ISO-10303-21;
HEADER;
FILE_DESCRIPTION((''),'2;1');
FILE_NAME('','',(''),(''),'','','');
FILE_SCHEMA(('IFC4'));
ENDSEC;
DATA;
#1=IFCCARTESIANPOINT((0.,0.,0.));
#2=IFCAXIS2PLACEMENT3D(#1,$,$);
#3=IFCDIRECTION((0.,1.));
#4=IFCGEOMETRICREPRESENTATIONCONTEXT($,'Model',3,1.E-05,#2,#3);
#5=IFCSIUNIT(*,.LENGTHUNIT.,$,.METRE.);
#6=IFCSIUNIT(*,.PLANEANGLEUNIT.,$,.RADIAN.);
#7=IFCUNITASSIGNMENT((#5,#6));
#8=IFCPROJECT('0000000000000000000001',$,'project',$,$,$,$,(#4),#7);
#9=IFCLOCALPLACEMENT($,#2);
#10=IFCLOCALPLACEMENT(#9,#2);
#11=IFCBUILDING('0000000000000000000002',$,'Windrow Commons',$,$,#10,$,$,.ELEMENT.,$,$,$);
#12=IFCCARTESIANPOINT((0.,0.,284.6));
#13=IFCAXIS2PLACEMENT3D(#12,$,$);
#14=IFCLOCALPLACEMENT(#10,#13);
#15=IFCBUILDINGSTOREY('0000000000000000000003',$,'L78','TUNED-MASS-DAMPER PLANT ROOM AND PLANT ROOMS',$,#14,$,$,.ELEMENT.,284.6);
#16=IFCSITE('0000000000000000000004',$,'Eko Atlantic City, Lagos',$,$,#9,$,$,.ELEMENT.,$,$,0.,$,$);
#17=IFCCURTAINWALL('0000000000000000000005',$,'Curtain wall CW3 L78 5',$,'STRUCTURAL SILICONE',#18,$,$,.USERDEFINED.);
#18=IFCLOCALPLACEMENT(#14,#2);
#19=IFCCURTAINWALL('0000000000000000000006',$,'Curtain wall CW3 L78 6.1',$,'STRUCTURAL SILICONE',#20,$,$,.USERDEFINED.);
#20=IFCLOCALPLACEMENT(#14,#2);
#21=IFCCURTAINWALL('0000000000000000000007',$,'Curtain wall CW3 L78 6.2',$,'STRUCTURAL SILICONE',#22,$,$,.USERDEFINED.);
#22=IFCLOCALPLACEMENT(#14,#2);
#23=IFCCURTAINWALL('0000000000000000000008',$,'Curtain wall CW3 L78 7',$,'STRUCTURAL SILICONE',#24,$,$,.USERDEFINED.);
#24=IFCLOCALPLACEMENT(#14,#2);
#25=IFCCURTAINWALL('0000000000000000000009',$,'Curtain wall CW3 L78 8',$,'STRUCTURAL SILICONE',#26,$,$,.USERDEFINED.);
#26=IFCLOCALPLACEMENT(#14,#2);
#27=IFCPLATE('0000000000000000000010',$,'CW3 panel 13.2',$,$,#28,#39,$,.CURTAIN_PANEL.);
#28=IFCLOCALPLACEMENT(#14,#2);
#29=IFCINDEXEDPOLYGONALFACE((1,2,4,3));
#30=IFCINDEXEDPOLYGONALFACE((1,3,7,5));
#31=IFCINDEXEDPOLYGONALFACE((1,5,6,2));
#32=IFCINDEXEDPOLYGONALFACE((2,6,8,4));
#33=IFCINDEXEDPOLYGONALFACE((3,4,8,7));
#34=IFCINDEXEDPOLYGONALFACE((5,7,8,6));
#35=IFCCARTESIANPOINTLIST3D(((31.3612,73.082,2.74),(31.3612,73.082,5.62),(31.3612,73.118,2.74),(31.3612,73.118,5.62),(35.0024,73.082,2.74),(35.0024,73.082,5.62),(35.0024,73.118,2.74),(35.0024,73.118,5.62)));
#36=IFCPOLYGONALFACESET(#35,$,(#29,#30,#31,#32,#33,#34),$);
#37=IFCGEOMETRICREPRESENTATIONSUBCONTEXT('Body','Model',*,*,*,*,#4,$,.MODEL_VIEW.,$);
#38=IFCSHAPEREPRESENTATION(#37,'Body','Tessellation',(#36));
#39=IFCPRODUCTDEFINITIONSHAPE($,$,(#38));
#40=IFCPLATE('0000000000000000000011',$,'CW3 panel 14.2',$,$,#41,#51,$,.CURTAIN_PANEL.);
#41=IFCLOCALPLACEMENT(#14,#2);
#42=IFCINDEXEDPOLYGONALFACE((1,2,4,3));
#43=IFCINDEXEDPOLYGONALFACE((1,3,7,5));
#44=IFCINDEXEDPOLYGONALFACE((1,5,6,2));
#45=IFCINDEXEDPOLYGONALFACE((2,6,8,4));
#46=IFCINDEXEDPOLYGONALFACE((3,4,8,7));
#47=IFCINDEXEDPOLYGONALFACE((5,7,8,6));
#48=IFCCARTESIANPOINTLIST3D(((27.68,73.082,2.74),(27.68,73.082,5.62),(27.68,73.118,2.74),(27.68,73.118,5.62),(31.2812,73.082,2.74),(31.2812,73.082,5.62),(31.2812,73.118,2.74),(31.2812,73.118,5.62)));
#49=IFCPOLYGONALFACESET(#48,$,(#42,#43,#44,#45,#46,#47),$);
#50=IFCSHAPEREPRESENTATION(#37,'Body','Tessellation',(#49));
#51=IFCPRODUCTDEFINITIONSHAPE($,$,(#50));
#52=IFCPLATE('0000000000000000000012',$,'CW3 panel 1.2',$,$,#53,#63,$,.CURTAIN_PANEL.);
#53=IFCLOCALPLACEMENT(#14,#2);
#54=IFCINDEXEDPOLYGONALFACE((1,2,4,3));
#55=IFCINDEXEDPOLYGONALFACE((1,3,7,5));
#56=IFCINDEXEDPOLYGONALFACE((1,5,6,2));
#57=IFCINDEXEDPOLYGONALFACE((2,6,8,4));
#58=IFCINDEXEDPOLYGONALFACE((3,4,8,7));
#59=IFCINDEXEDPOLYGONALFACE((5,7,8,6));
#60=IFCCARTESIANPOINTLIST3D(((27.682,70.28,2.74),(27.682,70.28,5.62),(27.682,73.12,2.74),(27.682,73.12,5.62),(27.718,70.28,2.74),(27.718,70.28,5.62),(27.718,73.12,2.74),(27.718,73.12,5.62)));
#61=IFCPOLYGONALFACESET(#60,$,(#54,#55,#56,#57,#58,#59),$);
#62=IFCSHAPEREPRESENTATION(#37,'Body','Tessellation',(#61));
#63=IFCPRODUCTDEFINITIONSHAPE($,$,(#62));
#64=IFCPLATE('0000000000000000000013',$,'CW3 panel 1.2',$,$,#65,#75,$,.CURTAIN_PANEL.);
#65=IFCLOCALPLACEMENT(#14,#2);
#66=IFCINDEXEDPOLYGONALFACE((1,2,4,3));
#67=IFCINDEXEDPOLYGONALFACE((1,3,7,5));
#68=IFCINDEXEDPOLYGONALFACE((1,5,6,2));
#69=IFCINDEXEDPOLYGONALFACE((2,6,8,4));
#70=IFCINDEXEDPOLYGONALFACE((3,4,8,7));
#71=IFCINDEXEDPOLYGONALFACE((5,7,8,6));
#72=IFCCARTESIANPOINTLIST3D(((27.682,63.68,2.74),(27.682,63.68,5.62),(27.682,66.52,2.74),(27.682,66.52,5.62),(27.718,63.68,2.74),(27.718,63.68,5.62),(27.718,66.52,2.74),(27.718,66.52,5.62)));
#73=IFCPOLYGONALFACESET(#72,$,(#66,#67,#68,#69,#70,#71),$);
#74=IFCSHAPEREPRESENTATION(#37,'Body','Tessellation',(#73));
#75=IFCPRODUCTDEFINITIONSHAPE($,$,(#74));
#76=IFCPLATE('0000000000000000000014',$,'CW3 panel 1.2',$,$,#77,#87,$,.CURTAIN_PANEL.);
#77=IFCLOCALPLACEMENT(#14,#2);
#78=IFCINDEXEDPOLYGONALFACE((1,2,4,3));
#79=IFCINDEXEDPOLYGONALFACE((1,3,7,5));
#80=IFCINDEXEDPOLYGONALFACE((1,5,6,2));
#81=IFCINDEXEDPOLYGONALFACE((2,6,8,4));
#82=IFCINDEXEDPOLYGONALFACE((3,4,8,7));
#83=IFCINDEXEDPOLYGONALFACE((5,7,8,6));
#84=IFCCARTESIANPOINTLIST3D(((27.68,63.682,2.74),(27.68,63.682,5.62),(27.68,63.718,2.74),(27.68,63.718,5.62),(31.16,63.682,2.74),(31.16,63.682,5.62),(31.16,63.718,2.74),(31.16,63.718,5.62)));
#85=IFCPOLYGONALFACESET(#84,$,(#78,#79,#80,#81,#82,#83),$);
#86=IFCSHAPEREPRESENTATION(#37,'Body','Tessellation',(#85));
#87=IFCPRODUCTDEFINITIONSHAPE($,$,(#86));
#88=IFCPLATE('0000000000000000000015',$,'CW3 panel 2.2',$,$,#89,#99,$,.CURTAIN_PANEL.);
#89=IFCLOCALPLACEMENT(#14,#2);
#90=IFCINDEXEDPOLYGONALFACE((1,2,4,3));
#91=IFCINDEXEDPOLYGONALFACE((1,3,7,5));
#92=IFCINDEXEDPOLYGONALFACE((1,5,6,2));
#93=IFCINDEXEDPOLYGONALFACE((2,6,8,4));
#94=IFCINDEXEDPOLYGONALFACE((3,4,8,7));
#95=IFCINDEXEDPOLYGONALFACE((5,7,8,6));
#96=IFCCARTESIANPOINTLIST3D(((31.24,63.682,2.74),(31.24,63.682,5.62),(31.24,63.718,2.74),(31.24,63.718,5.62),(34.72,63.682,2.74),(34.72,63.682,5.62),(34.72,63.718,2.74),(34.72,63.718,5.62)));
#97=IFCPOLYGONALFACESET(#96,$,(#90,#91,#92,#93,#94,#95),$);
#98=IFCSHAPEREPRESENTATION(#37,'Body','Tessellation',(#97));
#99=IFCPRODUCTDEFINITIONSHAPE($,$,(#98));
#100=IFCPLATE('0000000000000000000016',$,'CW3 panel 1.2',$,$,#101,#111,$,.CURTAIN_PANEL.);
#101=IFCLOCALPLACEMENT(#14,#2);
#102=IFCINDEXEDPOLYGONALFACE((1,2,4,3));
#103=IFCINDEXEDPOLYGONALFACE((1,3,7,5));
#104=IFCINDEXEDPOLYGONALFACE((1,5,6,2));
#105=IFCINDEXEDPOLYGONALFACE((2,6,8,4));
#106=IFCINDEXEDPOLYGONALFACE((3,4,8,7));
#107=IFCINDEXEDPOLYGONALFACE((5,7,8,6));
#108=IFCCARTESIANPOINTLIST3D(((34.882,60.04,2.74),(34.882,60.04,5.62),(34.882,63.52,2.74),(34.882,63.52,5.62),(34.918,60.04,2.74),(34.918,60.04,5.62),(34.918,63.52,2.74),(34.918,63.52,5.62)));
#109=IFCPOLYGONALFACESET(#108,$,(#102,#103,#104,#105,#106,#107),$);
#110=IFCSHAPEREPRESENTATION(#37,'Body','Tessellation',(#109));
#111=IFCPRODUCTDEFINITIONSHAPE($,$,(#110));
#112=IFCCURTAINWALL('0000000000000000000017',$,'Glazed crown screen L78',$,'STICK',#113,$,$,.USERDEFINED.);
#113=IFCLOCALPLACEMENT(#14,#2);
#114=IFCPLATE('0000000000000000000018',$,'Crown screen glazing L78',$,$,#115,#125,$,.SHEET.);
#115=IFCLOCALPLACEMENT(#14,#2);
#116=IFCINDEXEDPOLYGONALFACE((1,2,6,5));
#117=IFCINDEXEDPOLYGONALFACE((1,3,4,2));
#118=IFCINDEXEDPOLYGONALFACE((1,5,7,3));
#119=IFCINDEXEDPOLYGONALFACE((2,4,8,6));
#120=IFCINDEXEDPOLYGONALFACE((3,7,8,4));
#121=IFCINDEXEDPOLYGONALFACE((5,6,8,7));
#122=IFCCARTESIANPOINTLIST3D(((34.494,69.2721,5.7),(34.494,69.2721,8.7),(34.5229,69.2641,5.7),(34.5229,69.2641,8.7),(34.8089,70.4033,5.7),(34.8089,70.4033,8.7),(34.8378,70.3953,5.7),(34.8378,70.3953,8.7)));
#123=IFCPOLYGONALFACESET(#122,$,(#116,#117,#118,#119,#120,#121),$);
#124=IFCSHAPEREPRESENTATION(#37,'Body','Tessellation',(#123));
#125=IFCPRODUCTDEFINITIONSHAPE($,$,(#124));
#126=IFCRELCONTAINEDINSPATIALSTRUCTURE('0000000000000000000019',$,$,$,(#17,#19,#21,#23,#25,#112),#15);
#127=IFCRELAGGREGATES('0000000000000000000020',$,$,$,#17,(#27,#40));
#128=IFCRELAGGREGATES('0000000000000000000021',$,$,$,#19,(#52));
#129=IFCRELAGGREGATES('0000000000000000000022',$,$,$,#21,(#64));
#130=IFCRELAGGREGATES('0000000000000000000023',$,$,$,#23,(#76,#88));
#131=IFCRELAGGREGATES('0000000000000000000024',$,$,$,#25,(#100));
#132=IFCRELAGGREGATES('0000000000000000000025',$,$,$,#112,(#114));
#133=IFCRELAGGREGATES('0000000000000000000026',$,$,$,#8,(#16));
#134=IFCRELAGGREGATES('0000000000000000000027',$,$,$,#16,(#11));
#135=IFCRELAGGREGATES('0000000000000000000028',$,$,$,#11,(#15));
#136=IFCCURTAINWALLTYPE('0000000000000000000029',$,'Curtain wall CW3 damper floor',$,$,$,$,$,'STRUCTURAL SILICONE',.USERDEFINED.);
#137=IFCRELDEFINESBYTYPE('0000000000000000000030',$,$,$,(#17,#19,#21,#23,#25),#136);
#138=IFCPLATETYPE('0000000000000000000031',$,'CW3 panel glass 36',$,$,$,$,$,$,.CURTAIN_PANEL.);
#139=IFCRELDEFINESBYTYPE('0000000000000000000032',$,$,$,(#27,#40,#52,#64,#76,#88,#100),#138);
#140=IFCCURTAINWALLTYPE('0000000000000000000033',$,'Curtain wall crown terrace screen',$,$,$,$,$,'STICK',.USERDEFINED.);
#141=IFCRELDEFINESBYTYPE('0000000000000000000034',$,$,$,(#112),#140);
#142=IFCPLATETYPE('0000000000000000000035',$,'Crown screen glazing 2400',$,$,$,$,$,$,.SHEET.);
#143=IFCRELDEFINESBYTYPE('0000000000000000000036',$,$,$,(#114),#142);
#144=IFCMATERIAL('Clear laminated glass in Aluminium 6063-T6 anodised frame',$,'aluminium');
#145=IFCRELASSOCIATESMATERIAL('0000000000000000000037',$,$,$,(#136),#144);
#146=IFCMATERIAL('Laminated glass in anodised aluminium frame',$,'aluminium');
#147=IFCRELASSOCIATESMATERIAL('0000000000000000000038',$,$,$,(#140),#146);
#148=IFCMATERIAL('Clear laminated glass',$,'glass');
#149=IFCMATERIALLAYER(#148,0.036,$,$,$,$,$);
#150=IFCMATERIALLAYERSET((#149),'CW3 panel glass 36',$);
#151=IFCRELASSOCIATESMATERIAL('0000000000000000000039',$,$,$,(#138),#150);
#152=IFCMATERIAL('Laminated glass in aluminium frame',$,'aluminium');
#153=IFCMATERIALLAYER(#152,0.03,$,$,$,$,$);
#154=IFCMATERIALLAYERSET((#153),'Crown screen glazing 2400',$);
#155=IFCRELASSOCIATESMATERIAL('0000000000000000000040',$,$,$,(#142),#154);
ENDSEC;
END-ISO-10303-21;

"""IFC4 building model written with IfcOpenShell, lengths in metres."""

from ifc_helpers import new_model, si_unit, direction, frame, origin, origin_2d, place, context, subcontext, project, spatial, polyline, rectangle, outline, extrude, material, layer, layer_set, type_object, element, aggregate, save


model = new_model("IFC4")

# Units and contexts
model_context = context("Model", 3, precision=1e-05, world=origin(), true_north=direction((0.0, 1.0)))
body_context = subcontext(model_context, "Body", "Model", "MODEL_VIEW")
ifc_project = project(units=[si_unit("LENGTHUNIT", "METRE"), si_unit("PLANEANGLEUNIT", "RADIAN")], contexts=[model_context])

# Site, building, storey
site_placement = place(None, origin())
site = spatial("IfcSite", under=ifc_project, at=site_placement, Name="Eko Atlantic City, Lagos", CompositionType="ELEMENT", RefElevation=0.0)
building_placement = place(site_placement, origin())
building = spatial("IfcBuilding", under=site, at=building_placement, Name="Windrow Commons", CompositionType="ELEMENT")
storey_placement = place(building_placement, frame((0.0, 0.0, 284.6)))
storey = spatial("IfcBuildingStorey", under=building, at=storey_placement, Name="L78", Description="TUNED-MASS-DAMPER PLANT ROOM AND PLANT ROOMS", CompositionType="ELEMENT", Elevation=284.6)

# Curtain walls
ifc_material_1 = material(Name="Clear laminated glass in Aluminium 6063-T6 anodised frame", Category="aluminium")
curtain_wall_type_1 = type_object("IfcCurtainWallType", Name="Curtain wall CW3 damper floor", ElementType="STRUCTURAL SILICONE", PredefinedType="USERDEFINED", material=ifc_material_1)
placement = place(storey_placement, origin())
curtain_wall_1 = element("IfcCurtainWall", 1, at=placement, inside=storey, type_object=curtain_wall_type_1, Name="Curtain wall CW3 L78 5", ObjectType="STRUCTURAL SILICONE", PredefinedType="USERDEFINED")
curtain_wall_2 = element("IfcCurtainWall", 2, at=placement, inside=storey, type_object=curtain_wall_type_1, Name="Curtain wall CW3 L78 6.1", ObjectType="STRUCTURAL SILICONE", PredefinedType="USERDEFINED")
curtain_wall_3 = element("IfcCurtainWall", 3, at=placement, inside=storey, type_object=curtain_wall_type_1, Name="Curtain wall CW3 L78 6.2", ObjectType="STRUCTURAL SILICONE", PredefinedType="USERDEFINED")
curtain_wall_4 = element("IfcCurtainWall", 4, at=placement, inside=storey, type_object=curtain_wall_type_1, Name="Curtain wall CW3 L78 7", ObjectType="STRUCTURAL SILICONE", PredefinedType="USERDEFINED")
curtain_wall_5 = element("IfcCurtainWall", 5, at=placement, inside=storey, type_object=curtain_wall_type_1, Name="Curtain wall CW3 L78 8", ObjectType="STRUCTURAL SILICONE", PredefinedType="USERDEFINED")

# Shared definitions
ifc_material_2 = material(Name="Laminated glass in anodised aluminium frame", Category="aluminium")
curtain_wall_type_2 = type_object("IfcCurtainWallType", Name="Curtain wall crown terrace screen", ElementType="STICK", PredefinedType="USERDEFINED", material=ifc_material_2)

# Plates
ifc_material_3 = material(Name="Clear laminated glass", Category="glass")
ifc_layer_1 = layer(ifc_material_3, 0.036)
ifc_layer_set_1 = layer_set([ifc_layer_1], Name="CW3 panel glass 36")
plate_type_1 = type_object("IfcPlateType", Name="CW3 panel glass 36", PredefinedType="CURTAIN_PANEL", material=ifc_layer_set_1)
plate_1_placement = place(storey_placement, frame((33.1818, 73.1, 2.74), z_axis=(0.0, 0.0, 1.0), x_axis=(-1.0, 0.0, 0.0)))
plate_1 = element("IfcPlate", 6, at=plate_1_placement, type_object=plate_type_1, Name="CW3 panel 13.2", PredefinedType="CURTAIN_PANEL", context=body_context, shape_type="SweptSolid", body=[
    extrude(rectangle(XDim=3.6412, YDim=0.036, at=origin_2d()), origin(), (0.0, 0.0, 1.0), 2.88),
])
plate_2_placement = place(storey_placement, frame((29.4806, 73.1, 2.74), z_axis=(0.0, 0.0, 1.0), x_axis=(-1.0, 0.0, 0.0)))
plate_2 = element("IfcPlate", 7, at=plate_2_placement, type_object=plate_type_1, Name="CW3 panel 14.2", PredefinedType="CURTAIN_PANEL", context=body_context, shape_type="SweptSolid", body=[
    extrude(rectangle(XDim=3.6012, YDim=0.036, at=origin_2d()), origin(), (0.0, 0.0, 1.0), 2.88),
])
aggregate(curtain_wall_1, [plate_1, plate_2])
plate_3_placement = place(storey_placement, frame((27.7, 71.7, 2.74), z_axis=(0.0, 0.0, 1.0), x_axis=(0.0, -1.0, 0.0)))
plate_3 = element("IfcPlate", 8, at=plate_3_placement, type_object=plate_type_1, Name="CW3 panel 1.2", PredefinedType="CURTAIN_PANEL", context=body_context, shape_type="SweptSolid", body=[
    extrude(rectangle(XDim=2.84, YDim=0.036, at=origin_2d()), origin(), (0.0, 0.0, 1.0), 2.88),
])
aggregate(curtain_wall_2, [plate_3])
plate_4_placement = place(storey_placement, frame((27.7, 65.1, 2.74), z_axis=(0.0, 0.0, 1.0), x_axis=(0.0, -1.0, 0.0)))
plate_4 = element("IfcPlate", 9, at=plate_4_placement, type_object=plate_type_1, Name="CW3 panel 1.2", PredefinedType="CURTAIN_PANEL", context=body_context, shape_type="SweptSolid", body=[
    extrude(rectangle(XDim=2.84, YDim=0.036, at=origin_2d()), origin(), (0.0, 0.0, 1.0), 2.88),
])
aggregate(curtain_wall_3, [plate_4])
plate_5_placement = place(storey_placement, frame((29.42, 63.7, 2.74), z_axis=(0.0, 0.0, 1.0), x_axis=(1.0, 0.0, 0.0)))
plate_5 = element("IfcPlate", 10, at=plate_5_placement, type_object=plate_type_1, Name="CW3 panel 1.2", PredefinedType="CURTAIN_PANEL", context=body_context, shape_type="SweptSolid", body=[
    extrude(rectangle(XDim=3.48, YDim=0.036, at=origin_2d()), origin(), (0.0, 0.0, 1.0), 2.88),
])
plate_6_placement = place(storey_placement, frame((32.98, 63.7, 2.74), z_axis=(0.0, 0.0, 1.0), x_axis=(1.0, 0.0, 0.0)))
plate_6 = element("IfcPlate", 11, at=plate_6_placement, type_object=plate_type_1, Name="CW3 panel 2.2", PredefinedType="CURTAIN_PANEL", context=body_context, shape_type="SweptSolid", body=[
    extrude(rectangle(XDim=3.48, YDim=0.036, at=origin_2d()), origin(), (0.0, 0.0, 1.0), 2.88),
])
aggregate(curtain_wall_4, [plate_5, plate_6])
plate_7_placement = place(storey_placement, frame((34.9, 61.78, 2.74), z_axis=(0.0, 0.0, 1.0), x_axis=(0.0, -1.0, 0.0)))
plate_7 = element("IfcPlate", 12, at=plate_7_placement, type_object=plate_type_1, Name="CW3 panel 1.2", PredefinedType="CURTAIN_PANEL", context=body_context, shape_type="SweptSolid", body=[
    extrude(rectangle(XDim=3.48, YDim=0.036, at=origin_2d()), origin(), (0.0, 0.0, 1.0), 2.88),
])
aggregate(curtain_wall_5, [plate_7])

# Curtain wall, plate
curtain_wall_6 = element("IfcCurtainWall", 13, at=placement, inside=storey, type_object=curtain_wall_type_2, Name="Glazed crown screen L78", ObjectType="STICK", PredefinedType="USERDEFINED")
ifc_material_4 = material(Name="Laminated glass in aluminium frame", Category="aluminium")
ifc_layer_2 = layer(ifc_material_4, 0.03)
ifc_layer_set_2 = layer_set([ifc_layer_2], Name="Crown screen glazing 2400")
plate_type_2 = type_object("IfcPlateType", Name="Crown screen glazing 2400", PredefinedType="SHEET", material=ifc_layer_set_2)
plate_8_placement = place(storey_placement, frame((34.5229, 69.2641, 5.7), z_axis=(0.963369, -0.26818, 0.0), x_axis=(0.26818, 0.963369, 0.0)))
plate_8 = element("IfcPlate", 14, at=plate_8_placement, type_object=plate_type_2, Name="Crown screen glazing L78", PredefinedType="SHEET", context=body_context, shape_type="SweptSolid", body=[
    extrude(outline(polyline([(0.0, 0.0), (1.1742, 0.0), (1.1742, 3.0), (0.0, 3.0), (0.0, 0.0)])), origin(), (0.0, 0.0, -1.0), 0.03),
])
aggregate(curtain_wall_6, [plate_8])

save(model, "model.ifc")
